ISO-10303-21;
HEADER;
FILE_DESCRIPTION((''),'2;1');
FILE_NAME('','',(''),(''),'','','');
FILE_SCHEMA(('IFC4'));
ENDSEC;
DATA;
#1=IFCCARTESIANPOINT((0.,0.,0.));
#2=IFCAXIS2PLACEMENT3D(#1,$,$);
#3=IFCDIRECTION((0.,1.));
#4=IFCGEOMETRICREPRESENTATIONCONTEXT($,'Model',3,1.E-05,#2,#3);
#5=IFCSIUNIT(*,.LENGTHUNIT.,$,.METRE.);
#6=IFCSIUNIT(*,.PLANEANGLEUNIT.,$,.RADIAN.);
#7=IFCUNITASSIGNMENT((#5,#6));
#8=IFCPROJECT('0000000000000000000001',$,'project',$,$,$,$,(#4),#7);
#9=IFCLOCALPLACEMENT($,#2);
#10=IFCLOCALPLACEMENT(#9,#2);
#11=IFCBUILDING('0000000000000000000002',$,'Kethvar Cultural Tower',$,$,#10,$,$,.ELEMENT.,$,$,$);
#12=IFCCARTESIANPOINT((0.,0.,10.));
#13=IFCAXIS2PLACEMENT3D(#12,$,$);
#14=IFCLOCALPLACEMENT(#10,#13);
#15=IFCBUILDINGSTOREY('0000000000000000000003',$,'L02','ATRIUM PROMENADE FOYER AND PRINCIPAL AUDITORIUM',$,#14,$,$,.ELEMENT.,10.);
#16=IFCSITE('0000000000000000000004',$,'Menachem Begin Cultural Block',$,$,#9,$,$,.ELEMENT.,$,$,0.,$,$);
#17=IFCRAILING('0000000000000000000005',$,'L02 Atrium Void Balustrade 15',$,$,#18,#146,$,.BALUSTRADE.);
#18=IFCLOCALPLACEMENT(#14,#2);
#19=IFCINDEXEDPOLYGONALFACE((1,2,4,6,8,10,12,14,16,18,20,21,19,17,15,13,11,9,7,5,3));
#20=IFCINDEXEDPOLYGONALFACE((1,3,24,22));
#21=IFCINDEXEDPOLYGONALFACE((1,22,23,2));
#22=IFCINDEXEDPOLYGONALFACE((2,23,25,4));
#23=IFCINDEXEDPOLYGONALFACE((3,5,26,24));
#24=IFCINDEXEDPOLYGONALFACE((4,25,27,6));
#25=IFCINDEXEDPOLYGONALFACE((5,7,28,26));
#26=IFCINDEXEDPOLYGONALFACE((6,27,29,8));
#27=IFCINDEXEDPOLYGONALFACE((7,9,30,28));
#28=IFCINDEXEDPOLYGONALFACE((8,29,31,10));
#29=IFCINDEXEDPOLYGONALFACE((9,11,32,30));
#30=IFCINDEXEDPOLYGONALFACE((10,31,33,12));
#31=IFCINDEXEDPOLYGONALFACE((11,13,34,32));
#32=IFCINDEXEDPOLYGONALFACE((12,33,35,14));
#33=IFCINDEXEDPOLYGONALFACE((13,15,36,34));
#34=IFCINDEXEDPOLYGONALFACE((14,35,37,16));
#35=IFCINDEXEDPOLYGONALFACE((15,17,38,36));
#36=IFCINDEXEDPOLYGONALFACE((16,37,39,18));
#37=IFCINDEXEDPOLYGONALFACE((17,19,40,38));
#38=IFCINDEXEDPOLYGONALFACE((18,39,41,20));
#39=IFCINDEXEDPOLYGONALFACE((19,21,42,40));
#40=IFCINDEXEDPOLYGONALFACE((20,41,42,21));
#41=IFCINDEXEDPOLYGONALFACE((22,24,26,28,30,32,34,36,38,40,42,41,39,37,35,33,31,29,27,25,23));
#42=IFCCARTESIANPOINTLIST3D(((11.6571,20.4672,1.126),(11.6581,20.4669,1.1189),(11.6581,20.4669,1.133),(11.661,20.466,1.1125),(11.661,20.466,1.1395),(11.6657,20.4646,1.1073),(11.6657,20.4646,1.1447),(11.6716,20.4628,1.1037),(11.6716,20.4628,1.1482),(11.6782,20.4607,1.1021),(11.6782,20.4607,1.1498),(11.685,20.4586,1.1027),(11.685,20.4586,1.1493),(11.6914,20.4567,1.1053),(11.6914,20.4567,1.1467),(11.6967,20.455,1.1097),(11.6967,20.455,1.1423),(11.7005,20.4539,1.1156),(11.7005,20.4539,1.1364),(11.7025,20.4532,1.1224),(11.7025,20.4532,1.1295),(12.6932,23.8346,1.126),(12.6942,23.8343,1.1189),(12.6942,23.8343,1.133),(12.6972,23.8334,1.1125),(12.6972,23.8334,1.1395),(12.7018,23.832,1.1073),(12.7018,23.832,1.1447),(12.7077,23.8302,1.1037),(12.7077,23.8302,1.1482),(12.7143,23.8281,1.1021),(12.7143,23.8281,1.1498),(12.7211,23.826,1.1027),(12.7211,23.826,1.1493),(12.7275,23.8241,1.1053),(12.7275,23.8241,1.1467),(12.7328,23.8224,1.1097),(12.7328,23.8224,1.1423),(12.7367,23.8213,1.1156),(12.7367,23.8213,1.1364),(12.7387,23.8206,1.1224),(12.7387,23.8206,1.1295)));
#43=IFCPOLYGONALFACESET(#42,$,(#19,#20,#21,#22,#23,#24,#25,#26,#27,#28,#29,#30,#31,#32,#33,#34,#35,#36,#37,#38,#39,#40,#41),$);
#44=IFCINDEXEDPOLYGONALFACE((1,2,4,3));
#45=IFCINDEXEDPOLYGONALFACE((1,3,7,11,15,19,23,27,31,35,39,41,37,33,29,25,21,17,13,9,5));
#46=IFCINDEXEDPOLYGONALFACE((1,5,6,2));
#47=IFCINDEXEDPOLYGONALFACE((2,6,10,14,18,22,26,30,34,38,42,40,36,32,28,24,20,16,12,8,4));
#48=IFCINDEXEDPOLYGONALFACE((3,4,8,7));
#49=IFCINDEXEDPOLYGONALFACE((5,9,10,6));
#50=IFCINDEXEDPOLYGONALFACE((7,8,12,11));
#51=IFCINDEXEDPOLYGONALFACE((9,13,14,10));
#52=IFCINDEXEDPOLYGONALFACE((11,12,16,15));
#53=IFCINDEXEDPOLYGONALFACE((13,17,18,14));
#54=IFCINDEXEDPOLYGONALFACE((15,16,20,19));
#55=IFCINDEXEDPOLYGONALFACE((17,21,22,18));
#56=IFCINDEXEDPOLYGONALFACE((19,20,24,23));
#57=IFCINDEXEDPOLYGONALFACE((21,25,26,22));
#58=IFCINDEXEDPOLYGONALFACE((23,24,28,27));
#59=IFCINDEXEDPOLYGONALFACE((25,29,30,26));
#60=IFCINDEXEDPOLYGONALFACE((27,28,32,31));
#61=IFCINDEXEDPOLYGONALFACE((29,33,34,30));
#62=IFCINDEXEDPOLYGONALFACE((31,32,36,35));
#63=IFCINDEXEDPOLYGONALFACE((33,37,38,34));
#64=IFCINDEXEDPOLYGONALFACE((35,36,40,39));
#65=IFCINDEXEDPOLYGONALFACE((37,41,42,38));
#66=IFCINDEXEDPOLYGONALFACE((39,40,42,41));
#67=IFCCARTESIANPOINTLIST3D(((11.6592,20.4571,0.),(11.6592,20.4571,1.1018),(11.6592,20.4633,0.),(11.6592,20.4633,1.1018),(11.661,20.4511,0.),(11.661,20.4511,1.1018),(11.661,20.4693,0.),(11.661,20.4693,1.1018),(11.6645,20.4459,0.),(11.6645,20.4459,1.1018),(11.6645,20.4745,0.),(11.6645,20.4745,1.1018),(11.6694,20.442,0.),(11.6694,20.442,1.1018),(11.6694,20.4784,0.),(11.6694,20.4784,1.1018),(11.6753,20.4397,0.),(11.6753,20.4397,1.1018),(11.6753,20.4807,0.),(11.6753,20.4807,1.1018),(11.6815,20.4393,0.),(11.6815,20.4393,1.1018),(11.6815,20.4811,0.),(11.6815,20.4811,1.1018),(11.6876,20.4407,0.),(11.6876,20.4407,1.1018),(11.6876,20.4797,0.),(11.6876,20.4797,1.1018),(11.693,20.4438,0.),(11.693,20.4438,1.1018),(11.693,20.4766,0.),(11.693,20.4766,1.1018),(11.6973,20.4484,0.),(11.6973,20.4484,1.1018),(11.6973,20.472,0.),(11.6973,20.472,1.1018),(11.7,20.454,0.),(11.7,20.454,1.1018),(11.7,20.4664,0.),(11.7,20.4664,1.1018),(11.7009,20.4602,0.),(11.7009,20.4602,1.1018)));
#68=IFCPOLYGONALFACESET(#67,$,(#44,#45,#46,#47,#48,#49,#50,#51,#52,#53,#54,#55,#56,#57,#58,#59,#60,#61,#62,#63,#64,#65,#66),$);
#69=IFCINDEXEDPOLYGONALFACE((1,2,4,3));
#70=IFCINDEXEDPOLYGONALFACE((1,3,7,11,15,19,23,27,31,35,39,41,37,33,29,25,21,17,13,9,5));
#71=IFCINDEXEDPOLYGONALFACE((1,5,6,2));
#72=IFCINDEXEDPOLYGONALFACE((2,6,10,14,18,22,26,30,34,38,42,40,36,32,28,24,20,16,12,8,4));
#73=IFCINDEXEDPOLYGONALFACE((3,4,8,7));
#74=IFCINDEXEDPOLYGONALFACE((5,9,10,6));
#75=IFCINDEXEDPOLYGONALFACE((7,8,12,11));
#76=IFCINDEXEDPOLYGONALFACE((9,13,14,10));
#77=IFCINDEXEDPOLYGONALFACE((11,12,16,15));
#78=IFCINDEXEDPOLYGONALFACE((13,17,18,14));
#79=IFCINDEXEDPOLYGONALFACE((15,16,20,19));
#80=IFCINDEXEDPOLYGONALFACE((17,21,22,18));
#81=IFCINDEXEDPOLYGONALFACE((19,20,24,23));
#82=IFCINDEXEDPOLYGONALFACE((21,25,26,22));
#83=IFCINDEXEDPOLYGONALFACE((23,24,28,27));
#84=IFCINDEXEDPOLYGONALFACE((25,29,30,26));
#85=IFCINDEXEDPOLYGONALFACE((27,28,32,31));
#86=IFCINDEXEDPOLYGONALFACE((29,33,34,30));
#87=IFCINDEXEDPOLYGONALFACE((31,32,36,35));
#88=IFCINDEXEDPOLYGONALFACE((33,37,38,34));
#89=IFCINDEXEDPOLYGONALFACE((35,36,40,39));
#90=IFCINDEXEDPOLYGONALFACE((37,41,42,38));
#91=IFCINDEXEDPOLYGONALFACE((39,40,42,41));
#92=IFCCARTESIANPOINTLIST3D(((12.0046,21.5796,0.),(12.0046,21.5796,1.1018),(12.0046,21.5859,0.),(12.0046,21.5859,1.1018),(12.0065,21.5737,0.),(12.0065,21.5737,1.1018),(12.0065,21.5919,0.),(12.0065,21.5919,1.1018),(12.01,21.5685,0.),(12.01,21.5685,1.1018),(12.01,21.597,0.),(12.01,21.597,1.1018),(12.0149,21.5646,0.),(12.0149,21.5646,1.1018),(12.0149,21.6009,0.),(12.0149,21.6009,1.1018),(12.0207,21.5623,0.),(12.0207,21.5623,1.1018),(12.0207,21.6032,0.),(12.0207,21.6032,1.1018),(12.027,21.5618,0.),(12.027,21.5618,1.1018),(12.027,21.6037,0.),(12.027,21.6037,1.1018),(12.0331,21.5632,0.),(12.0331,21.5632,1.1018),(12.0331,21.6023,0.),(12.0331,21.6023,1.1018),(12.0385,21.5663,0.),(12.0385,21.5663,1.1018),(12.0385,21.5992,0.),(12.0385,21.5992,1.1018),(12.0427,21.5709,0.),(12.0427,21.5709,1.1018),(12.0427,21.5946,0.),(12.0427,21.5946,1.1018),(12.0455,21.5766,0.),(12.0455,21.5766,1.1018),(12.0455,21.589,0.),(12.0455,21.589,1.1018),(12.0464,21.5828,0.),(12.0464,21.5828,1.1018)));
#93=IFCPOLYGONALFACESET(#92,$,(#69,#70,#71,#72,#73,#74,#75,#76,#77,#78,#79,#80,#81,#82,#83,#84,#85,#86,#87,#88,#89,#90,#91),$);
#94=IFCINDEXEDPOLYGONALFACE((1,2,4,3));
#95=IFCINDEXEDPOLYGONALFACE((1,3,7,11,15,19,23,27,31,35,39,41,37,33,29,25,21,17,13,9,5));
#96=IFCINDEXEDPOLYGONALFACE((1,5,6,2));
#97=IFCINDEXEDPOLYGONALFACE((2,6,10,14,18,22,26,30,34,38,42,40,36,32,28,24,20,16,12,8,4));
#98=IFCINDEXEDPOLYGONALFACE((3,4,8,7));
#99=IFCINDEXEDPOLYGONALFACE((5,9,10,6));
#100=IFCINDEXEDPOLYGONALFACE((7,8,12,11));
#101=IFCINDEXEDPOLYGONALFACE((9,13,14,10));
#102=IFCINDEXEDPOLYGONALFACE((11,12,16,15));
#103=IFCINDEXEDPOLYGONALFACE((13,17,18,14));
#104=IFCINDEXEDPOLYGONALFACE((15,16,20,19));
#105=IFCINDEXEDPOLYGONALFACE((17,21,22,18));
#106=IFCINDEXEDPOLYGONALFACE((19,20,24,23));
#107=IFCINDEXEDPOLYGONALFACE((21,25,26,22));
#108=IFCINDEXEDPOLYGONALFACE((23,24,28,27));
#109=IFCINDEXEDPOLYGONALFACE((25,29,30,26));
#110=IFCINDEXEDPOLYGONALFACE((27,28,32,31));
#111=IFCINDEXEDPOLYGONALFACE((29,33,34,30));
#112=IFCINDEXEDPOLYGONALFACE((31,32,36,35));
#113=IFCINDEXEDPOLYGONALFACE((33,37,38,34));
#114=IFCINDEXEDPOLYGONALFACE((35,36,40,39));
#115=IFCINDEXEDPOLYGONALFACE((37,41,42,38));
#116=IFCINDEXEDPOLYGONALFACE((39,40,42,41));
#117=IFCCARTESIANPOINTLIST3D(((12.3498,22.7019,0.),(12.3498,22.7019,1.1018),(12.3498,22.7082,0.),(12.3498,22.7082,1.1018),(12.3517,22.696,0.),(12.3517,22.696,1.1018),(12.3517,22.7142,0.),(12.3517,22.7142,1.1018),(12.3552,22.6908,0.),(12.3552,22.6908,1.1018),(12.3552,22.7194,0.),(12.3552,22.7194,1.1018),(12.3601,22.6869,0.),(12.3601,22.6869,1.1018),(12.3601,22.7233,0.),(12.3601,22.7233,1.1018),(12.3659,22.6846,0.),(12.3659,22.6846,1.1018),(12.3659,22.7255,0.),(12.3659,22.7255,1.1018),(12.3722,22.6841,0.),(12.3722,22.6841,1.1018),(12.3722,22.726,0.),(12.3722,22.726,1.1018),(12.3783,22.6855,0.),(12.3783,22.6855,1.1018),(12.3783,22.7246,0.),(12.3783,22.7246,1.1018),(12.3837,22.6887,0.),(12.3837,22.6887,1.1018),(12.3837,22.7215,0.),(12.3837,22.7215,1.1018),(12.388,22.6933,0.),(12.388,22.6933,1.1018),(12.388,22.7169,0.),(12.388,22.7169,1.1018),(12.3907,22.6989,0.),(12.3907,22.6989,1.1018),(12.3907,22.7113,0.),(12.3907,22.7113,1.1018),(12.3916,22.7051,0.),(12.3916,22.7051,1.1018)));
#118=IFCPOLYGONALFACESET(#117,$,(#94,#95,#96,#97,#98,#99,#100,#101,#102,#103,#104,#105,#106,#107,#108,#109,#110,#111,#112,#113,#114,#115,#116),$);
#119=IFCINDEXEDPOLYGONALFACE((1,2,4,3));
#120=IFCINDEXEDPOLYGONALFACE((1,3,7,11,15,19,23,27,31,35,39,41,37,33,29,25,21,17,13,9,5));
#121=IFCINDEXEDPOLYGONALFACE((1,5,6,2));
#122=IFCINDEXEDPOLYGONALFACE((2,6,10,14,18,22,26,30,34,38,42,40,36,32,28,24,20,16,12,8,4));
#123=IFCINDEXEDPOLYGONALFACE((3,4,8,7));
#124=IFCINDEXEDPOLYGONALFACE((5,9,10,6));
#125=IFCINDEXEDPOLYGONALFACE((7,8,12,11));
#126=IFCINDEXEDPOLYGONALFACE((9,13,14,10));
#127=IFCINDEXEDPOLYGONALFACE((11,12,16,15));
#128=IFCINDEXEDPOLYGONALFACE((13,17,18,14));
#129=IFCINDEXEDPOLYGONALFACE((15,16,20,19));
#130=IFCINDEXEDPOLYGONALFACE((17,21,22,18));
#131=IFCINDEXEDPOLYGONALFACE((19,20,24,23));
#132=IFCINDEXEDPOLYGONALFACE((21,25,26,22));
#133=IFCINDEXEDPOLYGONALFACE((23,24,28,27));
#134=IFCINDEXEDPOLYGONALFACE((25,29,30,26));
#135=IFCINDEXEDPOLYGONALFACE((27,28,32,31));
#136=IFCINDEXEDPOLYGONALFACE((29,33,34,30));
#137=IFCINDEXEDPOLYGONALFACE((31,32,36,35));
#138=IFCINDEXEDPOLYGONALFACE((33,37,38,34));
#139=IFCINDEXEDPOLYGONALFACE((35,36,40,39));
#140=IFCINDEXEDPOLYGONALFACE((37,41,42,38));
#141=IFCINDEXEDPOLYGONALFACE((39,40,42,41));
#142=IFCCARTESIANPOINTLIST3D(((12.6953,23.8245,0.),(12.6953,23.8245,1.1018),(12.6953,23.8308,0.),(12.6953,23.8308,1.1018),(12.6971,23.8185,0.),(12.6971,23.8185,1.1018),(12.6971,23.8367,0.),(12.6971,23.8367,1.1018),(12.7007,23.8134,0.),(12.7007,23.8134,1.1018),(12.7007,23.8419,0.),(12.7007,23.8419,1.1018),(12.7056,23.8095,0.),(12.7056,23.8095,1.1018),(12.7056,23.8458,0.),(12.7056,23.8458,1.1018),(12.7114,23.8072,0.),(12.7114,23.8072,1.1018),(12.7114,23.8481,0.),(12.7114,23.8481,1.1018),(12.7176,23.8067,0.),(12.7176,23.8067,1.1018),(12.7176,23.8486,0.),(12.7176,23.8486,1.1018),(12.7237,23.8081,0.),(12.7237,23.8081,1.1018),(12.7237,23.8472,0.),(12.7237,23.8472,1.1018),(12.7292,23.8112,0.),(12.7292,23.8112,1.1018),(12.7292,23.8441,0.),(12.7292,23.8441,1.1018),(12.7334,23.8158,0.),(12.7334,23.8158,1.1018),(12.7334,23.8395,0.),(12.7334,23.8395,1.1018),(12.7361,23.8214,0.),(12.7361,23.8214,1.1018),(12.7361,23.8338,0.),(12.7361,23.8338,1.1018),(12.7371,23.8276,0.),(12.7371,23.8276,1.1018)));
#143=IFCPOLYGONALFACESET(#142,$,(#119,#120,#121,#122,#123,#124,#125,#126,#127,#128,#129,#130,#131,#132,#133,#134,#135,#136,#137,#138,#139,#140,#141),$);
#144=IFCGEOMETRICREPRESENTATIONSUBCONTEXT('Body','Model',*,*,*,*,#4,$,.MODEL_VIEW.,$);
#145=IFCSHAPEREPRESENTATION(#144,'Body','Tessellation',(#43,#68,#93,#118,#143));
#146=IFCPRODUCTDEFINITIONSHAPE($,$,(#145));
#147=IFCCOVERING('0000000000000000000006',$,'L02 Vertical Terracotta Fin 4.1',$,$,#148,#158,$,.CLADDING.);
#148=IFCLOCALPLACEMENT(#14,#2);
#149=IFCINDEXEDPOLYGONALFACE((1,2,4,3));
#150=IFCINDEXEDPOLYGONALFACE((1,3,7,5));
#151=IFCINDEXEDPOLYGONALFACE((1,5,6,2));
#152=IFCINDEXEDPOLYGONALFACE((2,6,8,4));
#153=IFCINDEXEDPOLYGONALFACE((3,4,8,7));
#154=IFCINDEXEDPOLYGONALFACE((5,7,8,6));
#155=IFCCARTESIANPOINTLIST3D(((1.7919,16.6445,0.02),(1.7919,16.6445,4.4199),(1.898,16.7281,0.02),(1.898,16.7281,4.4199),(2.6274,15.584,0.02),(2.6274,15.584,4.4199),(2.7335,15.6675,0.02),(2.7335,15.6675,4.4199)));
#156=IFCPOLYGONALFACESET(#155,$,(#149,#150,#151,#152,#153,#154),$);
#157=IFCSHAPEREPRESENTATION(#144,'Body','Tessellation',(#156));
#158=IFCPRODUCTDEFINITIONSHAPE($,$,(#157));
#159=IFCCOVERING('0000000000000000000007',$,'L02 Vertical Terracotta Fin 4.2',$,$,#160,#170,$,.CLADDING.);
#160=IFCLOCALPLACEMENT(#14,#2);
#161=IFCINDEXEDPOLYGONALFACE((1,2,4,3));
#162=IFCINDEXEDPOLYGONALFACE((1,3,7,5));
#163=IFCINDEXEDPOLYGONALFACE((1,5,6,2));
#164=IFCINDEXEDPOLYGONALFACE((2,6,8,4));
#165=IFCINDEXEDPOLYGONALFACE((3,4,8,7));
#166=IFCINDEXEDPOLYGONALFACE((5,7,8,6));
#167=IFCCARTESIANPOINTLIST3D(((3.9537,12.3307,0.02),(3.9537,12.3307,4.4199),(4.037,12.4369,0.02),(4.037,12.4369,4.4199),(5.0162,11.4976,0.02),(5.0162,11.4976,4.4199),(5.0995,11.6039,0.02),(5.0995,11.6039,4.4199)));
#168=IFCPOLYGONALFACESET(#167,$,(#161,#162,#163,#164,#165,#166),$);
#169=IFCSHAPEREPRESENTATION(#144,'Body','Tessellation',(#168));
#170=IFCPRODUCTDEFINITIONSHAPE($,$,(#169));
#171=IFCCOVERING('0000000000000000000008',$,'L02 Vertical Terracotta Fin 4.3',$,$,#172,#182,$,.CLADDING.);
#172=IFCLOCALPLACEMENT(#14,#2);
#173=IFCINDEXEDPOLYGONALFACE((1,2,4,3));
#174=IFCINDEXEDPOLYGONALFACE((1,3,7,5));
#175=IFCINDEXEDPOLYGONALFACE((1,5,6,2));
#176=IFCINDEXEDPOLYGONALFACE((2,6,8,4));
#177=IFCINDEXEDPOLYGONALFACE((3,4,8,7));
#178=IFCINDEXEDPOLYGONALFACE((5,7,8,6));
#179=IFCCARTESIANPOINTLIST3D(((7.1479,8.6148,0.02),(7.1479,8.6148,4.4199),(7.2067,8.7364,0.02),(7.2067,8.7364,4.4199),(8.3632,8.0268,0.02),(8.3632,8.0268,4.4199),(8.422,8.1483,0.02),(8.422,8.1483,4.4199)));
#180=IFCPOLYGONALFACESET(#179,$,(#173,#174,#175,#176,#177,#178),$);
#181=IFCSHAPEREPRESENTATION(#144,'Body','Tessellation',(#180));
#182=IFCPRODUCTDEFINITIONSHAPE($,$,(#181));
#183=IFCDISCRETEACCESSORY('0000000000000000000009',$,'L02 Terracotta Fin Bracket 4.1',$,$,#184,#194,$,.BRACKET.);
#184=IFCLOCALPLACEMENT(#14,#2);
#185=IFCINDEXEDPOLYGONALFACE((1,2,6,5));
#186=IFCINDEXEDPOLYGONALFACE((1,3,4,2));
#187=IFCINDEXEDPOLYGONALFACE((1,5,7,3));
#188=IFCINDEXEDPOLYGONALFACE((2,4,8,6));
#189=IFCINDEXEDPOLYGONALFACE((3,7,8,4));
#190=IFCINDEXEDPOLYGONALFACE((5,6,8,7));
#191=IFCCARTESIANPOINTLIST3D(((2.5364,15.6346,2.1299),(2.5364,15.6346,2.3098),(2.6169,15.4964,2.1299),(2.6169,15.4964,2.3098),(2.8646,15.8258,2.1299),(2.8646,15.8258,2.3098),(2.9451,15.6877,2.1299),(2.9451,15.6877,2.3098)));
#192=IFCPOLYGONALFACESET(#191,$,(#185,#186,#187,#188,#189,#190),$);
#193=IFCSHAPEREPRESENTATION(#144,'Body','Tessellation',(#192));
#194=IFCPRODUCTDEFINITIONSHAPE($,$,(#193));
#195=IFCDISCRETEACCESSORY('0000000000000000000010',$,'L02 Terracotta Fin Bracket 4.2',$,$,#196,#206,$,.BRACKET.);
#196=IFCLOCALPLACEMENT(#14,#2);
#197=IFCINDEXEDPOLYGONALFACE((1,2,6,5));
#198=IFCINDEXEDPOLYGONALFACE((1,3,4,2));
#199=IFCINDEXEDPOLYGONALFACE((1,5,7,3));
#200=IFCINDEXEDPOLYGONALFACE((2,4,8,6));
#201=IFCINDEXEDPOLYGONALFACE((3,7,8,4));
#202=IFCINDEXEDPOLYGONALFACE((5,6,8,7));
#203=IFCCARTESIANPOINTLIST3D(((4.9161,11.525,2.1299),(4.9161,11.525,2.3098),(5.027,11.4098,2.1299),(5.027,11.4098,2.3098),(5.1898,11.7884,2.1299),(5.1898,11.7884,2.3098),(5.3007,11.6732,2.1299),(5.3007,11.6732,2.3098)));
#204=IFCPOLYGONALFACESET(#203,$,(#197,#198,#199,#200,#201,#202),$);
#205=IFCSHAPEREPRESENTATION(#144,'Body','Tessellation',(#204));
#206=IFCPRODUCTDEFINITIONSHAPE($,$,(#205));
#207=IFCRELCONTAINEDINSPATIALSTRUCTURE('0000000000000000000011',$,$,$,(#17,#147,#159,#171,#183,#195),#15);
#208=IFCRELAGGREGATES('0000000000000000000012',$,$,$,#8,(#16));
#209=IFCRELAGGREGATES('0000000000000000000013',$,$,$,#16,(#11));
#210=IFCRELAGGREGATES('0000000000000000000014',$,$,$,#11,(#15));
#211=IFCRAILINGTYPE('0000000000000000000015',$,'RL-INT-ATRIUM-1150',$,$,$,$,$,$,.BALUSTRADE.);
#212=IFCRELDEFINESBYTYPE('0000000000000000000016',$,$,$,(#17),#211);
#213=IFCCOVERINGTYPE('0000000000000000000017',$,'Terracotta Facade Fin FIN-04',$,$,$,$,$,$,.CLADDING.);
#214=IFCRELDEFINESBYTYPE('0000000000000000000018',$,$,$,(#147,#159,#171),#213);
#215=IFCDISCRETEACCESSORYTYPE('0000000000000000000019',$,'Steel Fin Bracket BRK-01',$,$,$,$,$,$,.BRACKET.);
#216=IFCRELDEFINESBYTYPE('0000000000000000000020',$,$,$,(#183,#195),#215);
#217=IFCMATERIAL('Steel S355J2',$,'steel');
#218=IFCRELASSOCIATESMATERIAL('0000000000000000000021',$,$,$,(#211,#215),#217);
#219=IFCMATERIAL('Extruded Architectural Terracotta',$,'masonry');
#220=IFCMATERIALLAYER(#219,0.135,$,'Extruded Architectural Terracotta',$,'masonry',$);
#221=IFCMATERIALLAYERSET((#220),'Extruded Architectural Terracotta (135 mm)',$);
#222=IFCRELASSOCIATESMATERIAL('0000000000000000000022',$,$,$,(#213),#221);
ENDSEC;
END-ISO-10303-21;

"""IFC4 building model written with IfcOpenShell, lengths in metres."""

from ifc_helpers import new_model, si_unit, direction, frame, origin, origin_2d, place, context, subcontext, project, spatial, rectangle, circle, extrude, source, transform, mapped, material, layer, layer_set, type_object, element, save


model = new_model("IFC4")

# Units and contexts
model_context = context("Model", 3, precision=1e-05, world=origin(), true_north=direction((0.0, 1.0)))
body_context = subcontext(model_context, "Body", "Model", "MODEL_VIEW")
ifc_project = project(units=[si_unit("LENGTHUNIT", "METRE"), si_unit("PLANEANGLEUNIT", "RADIAN")], contexts=[model_context])

# Site, building, storey
site_placement = place(None, origin())
site = spatial("IfcSite", under=ifc_project, at=site_placement, Name="Menachem Begin Cultural Block", CompositionType="ELEMENT", RefElevation=0.0)
building_placement = place(site_placement, origin())
building = spatial("IfcBuilding", under=site, at=building_placement, Name="Kethvar Cultural Tower", CompositionType="ELEMENT")
storey_placement = place(building_placement, frame((0.0, 0.0, 10.0)))
storey = spatial("IfcBuildingStorey", under=building, at=storey_placement, Name="L02", Description="ATRIUM PROMENADE FOYER AND PRINCIPAL AUDITORIUM", CompositionType="ELEMENT", Elevation=10.0)

# Shared definitions
ifc_material_1 = material(Name="Steel S355J2", Category="steel")

# Railing
railing_type = type_object("IfcRailingType", Name="RL-INT-ATRIUM-1150", PredefinedType="BALUSTRADE", material=ifc_material_1)
railing_1_placement = place(storey_placement, frame((11.6799, 20.4602, 0.0)))
element("IfcRailing", 1, at=railing_1_placement, inside=storey, type_object=railing_type, Name="L02 Atrium Void Balustrade 15", PredefinedType="BALUSTRADE", context=body_context, shape_type="SweptSolid", body=[
    extrude(circle(Radius=0.0239, at=origin_2d()), frame((0.0, 0.0, 1.126), z_axis=(0.294086, 0.955779, 0.0), x_axis=(-0.955779, 0.294086, 0.0)), (0.0, 0.0, 1.0), 3.5232),
    extrude(circle(Radius=0.021, at=origin_2d()), origin(), (0.0, 0.0, 1.0), 1.1018),
    extrude(circle(Radius=0.021, at=origin_2d()), frame((0.3455, 1.1226, 0.0)), (0.0, 0.0, 1.0), 1.1018),
    extrude(circle(Radius=0.021, at=origin_2d()), frame((0.6907, 2.2449, 0.0)), (0.0, 0.0, 1.0), 1.1018),
    extrude(circle(Radius=0.021, at=origin_2d()), frame((1.0361, 3.3674, 0.0)), (0.0, 0.0, 1.0), 1.1018),
])

# Coverings
ifc_material_2 = material(Name="Extruded Architectural Terracotta", Category="masonry")
ifc_layer_1 = layer(ifc_material_2, 0.135, Name="Extruded Architectural Terracotta", Category="masonry")
ifc_layer_set_1 = layer_set([ifc_layer_1], Name="Extruded Architectural Terracotta (135 mm)")
covering_type = type_object("IfcCoveringType", Name="Terracotta Facade Fin FIN-04", PredefinedType="CLADDING", material=ifc_layer_set_1)
shared_shape_1 = source(origin(), body_context, "Body", "SweptSolid", [
    extrude(rectangle(XDim=1.3501, YDim=0.135, at=origin_2d()), origin(), (0.0, 0.0, 1.0), 4.3999),
])
for number, where, z_axis, x_axis, name in (
    (2, (2.2627, 16.156, 0.02), (0.0, 0.0, 1.0), (-0.61882, 0.785533, 0.0), "L02 Vertical Terracotta Fin 4.1"),
    (3, (4.5266, 11.9673, 0.02), (0.0, 0.0, 1.0), (-0.786935, 0.617036, 0.0), "L02 Vertical Terracotta Fin 4.2"),
    (4, (7.7849, 8.3816, 0.02), (0.0, 0.0, 1.0), (-0.900167, 0.435545, 0.0), "L02 Vertical Terracotta Fin 4.3"),
):
    element("IfcCovering", number, at=place(storey_placement, frame(where, z_axis=z_axis, x_axis=x_axis)), inside=storey, type_object=covering_type, Name=name, PredefinedType="CLADDING", context=body_context, shape_type="MappedRepresentation", body=[
        mapped(shared_shape_1, transform((0.0, 0.0, 0.0), scale=1.0)),
    ])

# Discrete accessories
discrete_accessory_type = type_object("IfcDiscreteAccessoryType", Name="Steel Fin Bracket BRK-01", PredefinedType="BRACKET", material=ifc_material_1)
shared_shape_2 = source(origin(), body_context, "Body", "SweptSolid", [
    extrude(rectangle(XDim=0.3799, YDim=0.1599, at=origin_2d()), origin(), (0.0, 0.0, 1.0), 0.1799),
])
for number, where, z_axis, x_axis, name in (
    (5, (2.7407, 15.6611, 2.1299), (0.0, 0.0, 1.0), (-0.864011, -0.503472, 0.0), "L02 Terracotta Fin Bracket 4.1"),
    (6, (5.1084, 11.5991, 2.1299), (0.0, 0.0, 1.0), (-0.720551, -0.693402, 0.0), "L02 Terracotta Fin Bracket 4.2"),
):
    element("IfcDiscreteAccessory", number, at=place(storey_placement, frame(where, z_axis=z_axis, x_axis=x_axis)), inside=storey, type_object=discrete_accessory_type, Name=name, PredefinedType="BRACKET", context=body_context, shape_type="MappedRepresentation", body=[
        mapped(shared_shape_2, transform((0.0, 0.0, 0.0), scale=1.0)),
    ])

save(model, "model.ifc")
